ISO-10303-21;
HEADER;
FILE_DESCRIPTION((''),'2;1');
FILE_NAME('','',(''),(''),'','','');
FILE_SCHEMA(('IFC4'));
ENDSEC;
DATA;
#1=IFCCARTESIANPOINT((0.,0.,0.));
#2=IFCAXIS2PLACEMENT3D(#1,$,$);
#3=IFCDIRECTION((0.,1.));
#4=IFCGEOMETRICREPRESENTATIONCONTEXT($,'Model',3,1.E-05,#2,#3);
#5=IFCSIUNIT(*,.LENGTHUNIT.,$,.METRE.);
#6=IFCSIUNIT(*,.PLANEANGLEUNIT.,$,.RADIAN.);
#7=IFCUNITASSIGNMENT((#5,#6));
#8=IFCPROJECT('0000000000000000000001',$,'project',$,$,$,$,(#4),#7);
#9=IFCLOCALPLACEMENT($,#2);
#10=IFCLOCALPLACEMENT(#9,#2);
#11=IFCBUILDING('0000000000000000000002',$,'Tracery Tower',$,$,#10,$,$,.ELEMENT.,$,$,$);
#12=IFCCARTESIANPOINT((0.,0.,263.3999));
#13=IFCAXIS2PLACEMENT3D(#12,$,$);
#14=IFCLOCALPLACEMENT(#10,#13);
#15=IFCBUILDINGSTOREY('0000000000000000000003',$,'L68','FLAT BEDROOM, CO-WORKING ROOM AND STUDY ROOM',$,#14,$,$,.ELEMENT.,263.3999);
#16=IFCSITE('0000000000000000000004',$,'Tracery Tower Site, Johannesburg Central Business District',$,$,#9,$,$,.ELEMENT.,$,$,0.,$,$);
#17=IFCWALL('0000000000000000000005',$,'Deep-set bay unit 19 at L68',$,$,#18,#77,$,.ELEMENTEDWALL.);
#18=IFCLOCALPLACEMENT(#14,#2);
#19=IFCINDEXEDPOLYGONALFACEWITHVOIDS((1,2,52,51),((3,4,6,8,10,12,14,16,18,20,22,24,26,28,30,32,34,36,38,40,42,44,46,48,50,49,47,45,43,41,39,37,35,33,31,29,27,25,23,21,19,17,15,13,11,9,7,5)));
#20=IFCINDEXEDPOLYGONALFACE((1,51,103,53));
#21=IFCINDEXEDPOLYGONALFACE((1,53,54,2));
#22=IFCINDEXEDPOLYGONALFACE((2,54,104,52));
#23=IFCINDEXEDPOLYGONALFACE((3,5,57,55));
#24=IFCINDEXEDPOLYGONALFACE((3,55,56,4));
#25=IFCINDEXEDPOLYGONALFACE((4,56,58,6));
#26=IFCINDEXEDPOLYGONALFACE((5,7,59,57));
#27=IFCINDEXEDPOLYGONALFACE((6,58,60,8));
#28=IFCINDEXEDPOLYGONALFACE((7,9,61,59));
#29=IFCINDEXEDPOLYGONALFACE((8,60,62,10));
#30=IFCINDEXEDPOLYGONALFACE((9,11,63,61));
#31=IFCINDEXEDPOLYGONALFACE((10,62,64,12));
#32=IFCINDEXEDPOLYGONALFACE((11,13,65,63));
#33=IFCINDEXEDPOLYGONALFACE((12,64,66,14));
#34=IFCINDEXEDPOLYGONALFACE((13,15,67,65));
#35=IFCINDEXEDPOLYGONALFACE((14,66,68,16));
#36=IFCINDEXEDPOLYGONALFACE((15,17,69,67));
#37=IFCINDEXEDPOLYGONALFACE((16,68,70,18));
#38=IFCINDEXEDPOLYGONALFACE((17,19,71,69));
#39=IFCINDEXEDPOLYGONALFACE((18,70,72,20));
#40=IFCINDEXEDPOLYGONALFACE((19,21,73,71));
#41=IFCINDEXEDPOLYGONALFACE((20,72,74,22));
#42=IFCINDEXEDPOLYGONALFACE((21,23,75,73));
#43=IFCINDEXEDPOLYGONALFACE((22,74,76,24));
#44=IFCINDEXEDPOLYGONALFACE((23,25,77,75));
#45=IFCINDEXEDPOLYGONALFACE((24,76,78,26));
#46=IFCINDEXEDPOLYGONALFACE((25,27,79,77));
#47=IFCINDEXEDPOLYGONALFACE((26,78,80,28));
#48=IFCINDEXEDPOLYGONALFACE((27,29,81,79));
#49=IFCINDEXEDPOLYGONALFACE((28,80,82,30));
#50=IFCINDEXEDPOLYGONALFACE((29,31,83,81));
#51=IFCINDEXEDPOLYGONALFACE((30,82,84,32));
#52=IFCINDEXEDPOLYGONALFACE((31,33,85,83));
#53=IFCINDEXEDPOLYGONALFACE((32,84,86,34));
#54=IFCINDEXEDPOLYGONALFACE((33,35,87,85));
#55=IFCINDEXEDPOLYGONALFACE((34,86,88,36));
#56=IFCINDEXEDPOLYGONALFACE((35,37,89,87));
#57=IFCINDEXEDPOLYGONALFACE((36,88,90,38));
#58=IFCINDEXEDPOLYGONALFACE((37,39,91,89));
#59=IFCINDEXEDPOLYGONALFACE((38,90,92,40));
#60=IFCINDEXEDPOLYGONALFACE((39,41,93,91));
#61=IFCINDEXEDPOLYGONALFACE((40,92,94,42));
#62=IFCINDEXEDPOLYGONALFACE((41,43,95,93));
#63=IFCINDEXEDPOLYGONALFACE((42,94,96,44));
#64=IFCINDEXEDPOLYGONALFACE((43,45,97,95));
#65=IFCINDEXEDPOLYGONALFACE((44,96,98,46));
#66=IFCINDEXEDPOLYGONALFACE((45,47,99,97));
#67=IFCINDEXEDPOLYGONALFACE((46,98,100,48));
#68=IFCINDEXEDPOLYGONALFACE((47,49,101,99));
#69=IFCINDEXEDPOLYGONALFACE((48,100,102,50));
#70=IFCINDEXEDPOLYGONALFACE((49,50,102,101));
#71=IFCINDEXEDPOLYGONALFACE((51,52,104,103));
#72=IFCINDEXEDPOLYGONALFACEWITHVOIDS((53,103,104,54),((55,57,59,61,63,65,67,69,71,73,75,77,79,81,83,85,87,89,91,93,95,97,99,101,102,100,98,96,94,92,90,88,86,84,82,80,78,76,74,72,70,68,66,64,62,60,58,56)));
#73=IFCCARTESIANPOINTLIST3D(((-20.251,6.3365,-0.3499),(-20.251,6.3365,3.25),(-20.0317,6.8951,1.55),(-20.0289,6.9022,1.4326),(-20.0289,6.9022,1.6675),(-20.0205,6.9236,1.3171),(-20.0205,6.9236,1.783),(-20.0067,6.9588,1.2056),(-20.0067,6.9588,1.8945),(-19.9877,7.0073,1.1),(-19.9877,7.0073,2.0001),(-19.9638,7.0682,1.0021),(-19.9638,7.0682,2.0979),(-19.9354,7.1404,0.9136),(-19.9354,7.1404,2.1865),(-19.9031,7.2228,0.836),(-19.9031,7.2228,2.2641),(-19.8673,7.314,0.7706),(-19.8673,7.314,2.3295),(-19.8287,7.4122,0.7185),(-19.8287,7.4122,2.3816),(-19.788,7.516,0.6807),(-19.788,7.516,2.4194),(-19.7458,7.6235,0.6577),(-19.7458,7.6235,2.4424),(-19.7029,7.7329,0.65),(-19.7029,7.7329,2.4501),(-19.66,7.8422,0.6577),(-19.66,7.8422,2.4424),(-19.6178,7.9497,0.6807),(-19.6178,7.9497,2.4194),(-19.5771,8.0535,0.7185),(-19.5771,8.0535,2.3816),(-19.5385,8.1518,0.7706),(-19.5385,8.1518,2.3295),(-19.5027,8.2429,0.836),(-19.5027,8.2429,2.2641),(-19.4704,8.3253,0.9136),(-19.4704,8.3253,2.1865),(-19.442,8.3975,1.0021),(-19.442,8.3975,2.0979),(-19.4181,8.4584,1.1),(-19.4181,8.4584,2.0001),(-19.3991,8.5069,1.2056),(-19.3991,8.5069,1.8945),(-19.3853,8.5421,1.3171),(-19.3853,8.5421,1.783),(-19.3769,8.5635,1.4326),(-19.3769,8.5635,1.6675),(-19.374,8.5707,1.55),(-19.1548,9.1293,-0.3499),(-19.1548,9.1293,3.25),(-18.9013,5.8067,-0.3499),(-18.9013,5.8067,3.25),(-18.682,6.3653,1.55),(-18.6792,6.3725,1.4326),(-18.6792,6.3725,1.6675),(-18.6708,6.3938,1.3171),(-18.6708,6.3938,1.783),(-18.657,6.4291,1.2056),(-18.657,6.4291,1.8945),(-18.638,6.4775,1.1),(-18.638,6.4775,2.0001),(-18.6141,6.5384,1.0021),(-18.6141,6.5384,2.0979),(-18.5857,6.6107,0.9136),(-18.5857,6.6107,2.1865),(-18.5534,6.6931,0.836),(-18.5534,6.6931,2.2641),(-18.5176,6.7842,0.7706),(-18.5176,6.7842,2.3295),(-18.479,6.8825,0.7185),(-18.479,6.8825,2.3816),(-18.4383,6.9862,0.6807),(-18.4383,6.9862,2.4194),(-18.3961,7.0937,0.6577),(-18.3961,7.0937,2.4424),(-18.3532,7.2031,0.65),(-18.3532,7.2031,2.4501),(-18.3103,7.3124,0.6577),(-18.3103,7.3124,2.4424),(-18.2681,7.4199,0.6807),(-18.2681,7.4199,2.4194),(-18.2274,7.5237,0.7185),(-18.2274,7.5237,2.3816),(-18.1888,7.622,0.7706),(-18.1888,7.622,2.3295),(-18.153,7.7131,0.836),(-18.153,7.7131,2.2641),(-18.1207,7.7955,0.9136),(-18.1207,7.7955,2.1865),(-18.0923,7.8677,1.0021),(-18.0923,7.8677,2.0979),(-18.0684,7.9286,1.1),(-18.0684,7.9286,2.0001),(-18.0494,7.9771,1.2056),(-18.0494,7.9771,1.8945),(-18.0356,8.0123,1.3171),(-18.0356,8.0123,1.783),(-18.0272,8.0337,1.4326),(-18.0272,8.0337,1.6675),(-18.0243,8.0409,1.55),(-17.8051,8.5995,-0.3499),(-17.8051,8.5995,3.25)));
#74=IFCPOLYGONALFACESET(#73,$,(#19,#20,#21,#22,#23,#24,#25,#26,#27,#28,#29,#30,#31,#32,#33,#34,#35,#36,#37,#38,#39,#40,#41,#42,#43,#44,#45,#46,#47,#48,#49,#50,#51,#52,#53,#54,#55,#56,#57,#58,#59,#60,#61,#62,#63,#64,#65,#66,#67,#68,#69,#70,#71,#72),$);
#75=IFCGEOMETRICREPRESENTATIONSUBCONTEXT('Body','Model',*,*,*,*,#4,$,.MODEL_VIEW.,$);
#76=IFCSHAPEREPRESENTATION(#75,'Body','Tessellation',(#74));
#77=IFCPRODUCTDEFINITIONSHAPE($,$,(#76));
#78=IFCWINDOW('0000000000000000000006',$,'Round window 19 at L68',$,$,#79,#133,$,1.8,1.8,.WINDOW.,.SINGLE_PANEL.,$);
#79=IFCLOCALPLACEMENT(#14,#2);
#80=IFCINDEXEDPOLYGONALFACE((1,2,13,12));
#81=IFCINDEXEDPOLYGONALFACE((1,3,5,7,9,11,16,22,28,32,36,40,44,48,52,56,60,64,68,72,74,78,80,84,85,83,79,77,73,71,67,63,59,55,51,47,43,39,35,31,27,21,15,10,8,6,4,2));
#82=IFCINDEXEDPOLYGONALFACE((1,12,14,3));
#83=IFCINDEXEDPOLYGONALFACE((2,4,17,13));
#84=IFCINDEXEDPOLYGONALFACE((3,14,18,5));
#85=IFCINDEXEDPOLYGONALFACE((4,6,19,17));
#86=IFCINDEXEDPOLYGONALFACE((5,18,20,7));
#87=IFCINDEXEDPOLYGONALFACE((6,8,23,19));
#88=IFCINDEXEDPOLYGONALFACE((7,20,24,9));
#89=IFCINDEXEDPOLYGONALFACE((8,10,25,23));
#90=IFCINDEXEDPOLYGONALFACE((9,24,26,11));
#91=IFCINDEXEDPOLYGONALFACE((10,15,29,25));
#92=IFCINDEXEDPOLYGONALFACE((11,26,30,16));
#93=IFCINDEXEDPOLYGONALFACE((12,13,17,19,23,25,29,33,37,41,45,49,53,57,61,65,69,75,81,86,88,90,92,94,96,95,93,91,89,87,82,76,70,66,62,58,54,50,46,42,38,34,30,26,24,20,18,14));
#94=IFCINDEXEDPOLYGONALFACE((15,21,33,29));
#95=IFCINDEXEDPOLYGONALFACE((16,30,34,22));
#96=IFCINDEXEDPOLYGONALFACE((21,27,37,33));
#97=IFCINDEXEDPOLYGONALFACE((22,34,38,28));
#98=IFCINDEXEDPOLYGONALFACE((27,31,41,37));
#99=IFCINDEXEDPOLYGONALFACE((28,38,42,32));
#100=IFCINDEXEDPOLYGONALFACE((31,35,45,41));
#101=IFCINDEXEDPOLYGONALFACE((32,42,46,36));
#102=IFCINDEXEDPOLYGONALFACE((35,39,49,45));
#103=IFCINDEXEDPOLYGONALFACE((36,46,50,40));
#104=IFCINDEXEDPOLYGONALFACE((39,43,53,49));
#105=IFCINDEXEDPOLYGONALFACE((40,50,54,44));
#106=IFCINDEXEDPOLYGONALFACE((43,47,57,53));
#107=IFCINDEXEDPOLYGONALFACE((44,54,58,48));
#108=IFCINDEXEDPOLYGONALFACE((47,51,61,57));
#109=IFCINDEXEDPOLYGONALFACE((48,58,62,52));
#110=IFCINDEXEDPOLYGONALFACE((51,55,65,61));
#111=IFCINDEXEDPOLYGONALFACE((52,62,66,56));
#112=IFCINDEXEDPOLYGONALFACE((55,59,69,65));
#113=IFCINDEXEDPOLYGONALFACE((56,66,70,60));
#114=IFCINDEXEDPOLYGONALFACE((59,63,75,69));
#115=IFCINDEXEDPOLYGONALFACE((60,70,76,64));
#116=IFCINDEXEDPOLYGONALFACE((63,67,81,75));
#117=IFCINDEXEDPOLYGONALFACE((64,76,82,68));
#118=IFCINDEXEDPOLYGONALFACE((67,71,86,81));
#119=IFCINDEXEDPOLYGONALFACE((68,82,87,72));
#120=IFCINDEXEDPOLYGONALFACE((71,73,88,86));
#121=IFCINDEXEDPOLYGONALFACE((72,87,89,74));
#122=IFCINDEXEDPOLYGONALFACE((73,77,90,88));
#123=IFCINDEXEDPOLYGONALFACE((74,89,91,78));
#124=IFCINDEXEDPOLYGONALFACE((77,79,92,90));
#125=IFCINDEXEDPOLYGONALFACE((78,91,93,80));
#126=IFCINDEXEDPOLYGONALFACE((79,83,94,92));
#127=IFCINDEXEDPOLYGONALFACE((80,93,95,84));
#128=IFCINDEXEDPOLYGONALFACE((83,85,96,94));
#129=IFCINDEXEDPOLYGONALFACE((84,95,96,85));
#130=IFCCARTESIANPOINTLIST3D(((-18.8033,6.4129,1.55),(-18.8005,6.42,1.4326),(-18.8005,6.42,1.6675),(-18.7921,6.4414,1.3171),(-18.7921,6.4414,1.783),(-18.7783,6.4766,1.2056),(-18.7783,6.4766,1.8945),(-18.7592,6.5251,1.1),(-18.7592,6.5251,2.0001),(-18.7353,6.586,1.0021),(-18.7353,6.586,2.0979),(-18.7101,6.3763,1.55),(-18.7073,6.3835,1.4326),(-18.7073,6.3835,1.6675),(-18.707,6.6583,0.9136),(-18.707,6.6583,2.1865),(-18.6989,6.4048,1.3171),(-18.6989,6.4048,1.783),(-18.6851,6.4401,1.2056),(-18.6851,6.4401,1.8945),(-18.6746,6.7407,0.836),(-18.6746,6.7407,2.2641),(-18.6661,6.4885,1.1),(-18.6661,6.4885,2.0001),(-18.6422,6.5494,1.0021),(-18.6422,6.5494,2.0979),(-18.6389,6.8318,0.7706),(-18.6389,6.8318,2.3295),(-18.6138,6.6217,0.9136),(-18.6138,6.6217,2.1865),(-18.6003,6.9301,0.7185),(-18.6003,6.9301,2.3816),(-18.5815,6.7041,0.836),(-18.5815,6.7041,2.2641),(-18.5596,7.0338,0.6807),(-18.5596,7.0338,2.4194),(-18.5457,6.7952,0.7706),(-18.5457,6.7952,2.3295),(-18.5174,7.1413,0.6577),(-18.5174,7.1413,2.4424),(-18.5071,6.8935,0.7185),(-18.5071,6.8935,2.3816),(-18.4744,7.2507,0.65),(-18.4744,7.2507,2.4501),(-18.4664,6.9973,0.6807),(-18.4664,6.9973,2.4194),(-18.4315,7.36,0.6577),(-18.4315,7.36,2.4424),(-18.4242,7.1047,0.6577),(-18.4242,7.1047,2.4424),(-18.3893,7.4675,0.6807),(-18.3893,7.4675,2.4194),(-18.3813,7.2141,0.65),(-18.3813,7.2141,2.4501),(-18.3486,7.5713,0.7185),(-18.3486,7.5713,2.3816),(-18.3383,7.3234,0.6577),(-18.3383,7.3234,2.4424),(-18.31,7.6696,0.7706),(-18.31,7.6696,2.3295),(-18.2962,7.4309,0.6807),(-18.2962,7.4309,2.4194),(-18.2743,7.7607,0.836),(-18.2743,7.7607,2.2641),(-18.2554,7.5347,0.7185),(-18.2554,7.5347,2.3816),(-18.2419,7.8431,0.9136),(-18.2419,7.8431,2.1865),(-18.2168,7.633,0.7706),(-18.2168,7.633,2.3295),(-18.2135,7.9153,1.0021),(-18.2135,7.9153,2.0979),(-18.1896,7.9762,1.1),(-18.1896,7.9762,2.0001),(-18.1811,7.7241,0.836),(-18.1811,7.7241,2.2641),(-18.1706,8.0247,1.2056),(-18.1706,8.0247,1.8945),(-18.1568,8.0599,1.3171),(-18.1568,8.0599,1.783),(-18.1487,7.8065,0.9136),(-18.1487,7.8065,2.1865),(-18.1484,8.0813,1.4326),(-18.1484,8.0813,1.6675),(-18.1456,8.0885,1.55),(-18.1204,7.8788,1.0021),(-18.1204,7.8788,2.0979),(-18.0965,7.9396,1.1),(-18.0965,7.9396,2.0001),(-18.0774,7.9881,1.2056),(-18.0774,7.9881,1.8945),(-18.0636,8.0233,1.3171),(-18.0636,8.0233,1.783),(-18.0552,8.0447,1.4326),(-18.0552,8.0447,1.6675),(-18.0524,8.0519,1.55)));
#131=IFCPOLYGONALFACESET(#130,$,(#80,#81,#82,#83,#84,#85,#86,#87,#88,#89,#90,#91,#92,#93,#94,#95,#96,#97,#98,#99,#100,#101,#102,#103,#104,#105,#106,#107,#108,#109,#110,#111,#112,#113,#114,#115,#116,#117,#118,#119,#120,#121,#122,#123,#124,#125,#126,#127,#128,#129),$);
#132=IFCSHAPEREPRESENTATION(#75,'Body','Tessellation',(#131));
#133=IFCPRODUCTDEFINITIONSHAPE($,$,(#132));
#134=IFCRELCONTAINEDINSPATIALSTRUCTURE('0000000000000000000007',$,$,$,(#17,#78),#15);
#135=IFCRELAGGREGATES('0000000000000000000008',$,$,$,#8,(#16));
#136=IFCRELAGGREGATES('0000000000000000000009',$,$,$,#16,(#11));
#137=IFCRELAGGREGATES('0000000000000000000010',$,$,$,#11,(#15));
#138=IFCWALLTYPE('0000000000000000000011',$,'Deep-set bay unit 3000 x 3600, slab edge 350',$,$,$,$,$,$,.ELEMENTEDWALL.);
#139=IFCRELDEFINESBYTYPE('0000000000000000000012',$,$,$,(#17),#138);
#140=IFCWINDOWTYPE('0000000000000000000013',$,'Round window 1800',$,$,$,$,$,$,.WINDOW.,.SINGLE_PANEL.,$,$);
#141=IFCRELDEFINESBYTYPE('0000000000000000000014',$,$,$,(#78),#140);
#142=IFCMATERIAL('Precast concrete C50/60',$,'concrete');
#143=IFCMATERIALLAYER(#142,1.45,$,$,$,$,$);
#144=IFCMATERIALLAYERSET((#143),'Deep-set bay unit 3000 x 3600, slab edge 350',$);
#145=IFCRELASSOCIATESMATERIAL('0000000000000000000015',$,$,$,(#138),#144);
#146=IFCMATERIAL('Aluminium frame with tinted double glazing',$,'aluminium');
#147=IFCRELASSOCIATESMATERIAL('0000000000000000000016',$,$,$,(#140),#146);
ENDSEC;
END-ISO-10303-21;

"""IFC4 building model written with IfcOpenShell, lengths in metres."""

from ifc_helpers import new_model, si_unit, direction, frame, frame_2d, origin, origin_2d, place, context, subcontext, project, spatial, rectangle, circle, extrude, material, layer, layer_set, type_object, element, fill, save


model = new_model("IFC4")

# Units and contexts
model_context = context("Model", 3, precision=1e-05, world=origin(), true_north=direction((0.0, 1.0)))
body_context = subcontext(model_context, "Body", "Model", "MODEL_VIEW")
ifc_project = project(units=[si_unit("LENGTHUNIT", "METRE"), si_unit("PLANEANGLEUNIT", "RADIAN")], contexts=[model_context])

# Site, building, storey
site_placement = place(None, origin())
site = spatial("IfcSite", under=ifc_project, at=site_placement, Name="Tracery Tower Site, Johannesburg Central Business District", CompositionType="ELEMENT", RefElevation=0.0)
building_placement = place(site_placement, origin())
building = spatial("IfcBuilding", under=site, at=building_placement, Name="Tracery Tower", CompositionType="ELEMENT")
storey_placement = place(building_placement, frame((0.0, 0.0, 263.3999)))
storey = spatial("IfcBuildingStorey", under=building, at=storey_placement, Name="L68", Description="FLAT BEDROOM, CO-WORKING ROOM AND STUDY ROOM", CompositionType="ELEMENT", Elevation=263.3999)

# Wall, opening, window
ifc_material_1 = material(Name="Precast concrete C50/60", Category="concrete")
ifc_layer_1 = layer(ifc_material_1, 1.45)
ifc_layer_set_1 = layer_set([ifc_layer_1], Name="Deep-set bay unit 3000 x 3600, slab edge 350")
wall_type_1 = type_object("IfcWallType", Name="Deep-set bay unit 3000 x 3600, slab edge 350", PredefinedType="ELEMENTEDWALL", material=ifc_layer_set_1)
ifc_material_2 = material(Name="Aluminium frame with tinted double glazing", Category="aluminium")
window_type = type_object("IfcWindowType", Name="Round window 1800", PartitioningType="SINGLE_PANEL", PredefinedType="WINDOW", material=ifc_material_2)
wall_1_placement = place(storey_placement, frame((-18.48, 8.8643, -0.3499), z_axis=(0.0, 0.0, 1.0), x_axis=(-0.365378, -0.930859, 0.0)))
wall_1 = element("IfcWall", 1, at=wall_1_placement, inside=storey, type_object=wall_type_1, Name="Deep-set bay unit 19 at L68", PredefinedType="ELEMENTEDWALL", context=body_context, shape_type="SweptSolid", body=[
    extrude(rectangle(XDim=3.0002, YDim=1.45, at=frame_2d((1.5, 0.0))), origin(), (0.0, 0.0, 1.0), 3.5999),
])
opening_1_placement = place(wall_1_placement, frame((1.5, 0.0, 1.8999)))
opening_1 = element("IfcOpeningElement", 2, at=opening_1_placement, cuts=wall_1, PredefinedType="OPENING", context=body_context, shape_type="SweptSolid", body=[
    extrude(circle(Radius=0.9, at=origin_2d()), frame((0.0, 0.7349, 0.0), z_axis=(0.0, -1.0, 0.0), x_axis=(1.0, 0.0, 0.0)), (0.0, 0.0, 1.0), 1.47),
])
window_1_placement = place(opening_1_placement, origin())
window_1 = element("IfcWindow", 3, at=window_1_placement, inside=storey, type_object=window_type, Name="Round window 19 at L68", OverallHeight=1.8, OverallWidth=1.8, PartitioningType="SINGLE_PANEL", PredefinedType="WINDOW", context=body_context, shape_type="SweptSolid", body=[
    extrude(circle(Radius=0.9, at=origin_2d()), frame((0.0, 0.6948, 0.0), z_axis=(0.0, -1.0, 0.0), x_axis=(1.0, 0.0, 0.0)), (0.0, 0.0, 1.0), 0.1001),
])
fill(opening_1, window_1)

save(model, "model.ifc")
